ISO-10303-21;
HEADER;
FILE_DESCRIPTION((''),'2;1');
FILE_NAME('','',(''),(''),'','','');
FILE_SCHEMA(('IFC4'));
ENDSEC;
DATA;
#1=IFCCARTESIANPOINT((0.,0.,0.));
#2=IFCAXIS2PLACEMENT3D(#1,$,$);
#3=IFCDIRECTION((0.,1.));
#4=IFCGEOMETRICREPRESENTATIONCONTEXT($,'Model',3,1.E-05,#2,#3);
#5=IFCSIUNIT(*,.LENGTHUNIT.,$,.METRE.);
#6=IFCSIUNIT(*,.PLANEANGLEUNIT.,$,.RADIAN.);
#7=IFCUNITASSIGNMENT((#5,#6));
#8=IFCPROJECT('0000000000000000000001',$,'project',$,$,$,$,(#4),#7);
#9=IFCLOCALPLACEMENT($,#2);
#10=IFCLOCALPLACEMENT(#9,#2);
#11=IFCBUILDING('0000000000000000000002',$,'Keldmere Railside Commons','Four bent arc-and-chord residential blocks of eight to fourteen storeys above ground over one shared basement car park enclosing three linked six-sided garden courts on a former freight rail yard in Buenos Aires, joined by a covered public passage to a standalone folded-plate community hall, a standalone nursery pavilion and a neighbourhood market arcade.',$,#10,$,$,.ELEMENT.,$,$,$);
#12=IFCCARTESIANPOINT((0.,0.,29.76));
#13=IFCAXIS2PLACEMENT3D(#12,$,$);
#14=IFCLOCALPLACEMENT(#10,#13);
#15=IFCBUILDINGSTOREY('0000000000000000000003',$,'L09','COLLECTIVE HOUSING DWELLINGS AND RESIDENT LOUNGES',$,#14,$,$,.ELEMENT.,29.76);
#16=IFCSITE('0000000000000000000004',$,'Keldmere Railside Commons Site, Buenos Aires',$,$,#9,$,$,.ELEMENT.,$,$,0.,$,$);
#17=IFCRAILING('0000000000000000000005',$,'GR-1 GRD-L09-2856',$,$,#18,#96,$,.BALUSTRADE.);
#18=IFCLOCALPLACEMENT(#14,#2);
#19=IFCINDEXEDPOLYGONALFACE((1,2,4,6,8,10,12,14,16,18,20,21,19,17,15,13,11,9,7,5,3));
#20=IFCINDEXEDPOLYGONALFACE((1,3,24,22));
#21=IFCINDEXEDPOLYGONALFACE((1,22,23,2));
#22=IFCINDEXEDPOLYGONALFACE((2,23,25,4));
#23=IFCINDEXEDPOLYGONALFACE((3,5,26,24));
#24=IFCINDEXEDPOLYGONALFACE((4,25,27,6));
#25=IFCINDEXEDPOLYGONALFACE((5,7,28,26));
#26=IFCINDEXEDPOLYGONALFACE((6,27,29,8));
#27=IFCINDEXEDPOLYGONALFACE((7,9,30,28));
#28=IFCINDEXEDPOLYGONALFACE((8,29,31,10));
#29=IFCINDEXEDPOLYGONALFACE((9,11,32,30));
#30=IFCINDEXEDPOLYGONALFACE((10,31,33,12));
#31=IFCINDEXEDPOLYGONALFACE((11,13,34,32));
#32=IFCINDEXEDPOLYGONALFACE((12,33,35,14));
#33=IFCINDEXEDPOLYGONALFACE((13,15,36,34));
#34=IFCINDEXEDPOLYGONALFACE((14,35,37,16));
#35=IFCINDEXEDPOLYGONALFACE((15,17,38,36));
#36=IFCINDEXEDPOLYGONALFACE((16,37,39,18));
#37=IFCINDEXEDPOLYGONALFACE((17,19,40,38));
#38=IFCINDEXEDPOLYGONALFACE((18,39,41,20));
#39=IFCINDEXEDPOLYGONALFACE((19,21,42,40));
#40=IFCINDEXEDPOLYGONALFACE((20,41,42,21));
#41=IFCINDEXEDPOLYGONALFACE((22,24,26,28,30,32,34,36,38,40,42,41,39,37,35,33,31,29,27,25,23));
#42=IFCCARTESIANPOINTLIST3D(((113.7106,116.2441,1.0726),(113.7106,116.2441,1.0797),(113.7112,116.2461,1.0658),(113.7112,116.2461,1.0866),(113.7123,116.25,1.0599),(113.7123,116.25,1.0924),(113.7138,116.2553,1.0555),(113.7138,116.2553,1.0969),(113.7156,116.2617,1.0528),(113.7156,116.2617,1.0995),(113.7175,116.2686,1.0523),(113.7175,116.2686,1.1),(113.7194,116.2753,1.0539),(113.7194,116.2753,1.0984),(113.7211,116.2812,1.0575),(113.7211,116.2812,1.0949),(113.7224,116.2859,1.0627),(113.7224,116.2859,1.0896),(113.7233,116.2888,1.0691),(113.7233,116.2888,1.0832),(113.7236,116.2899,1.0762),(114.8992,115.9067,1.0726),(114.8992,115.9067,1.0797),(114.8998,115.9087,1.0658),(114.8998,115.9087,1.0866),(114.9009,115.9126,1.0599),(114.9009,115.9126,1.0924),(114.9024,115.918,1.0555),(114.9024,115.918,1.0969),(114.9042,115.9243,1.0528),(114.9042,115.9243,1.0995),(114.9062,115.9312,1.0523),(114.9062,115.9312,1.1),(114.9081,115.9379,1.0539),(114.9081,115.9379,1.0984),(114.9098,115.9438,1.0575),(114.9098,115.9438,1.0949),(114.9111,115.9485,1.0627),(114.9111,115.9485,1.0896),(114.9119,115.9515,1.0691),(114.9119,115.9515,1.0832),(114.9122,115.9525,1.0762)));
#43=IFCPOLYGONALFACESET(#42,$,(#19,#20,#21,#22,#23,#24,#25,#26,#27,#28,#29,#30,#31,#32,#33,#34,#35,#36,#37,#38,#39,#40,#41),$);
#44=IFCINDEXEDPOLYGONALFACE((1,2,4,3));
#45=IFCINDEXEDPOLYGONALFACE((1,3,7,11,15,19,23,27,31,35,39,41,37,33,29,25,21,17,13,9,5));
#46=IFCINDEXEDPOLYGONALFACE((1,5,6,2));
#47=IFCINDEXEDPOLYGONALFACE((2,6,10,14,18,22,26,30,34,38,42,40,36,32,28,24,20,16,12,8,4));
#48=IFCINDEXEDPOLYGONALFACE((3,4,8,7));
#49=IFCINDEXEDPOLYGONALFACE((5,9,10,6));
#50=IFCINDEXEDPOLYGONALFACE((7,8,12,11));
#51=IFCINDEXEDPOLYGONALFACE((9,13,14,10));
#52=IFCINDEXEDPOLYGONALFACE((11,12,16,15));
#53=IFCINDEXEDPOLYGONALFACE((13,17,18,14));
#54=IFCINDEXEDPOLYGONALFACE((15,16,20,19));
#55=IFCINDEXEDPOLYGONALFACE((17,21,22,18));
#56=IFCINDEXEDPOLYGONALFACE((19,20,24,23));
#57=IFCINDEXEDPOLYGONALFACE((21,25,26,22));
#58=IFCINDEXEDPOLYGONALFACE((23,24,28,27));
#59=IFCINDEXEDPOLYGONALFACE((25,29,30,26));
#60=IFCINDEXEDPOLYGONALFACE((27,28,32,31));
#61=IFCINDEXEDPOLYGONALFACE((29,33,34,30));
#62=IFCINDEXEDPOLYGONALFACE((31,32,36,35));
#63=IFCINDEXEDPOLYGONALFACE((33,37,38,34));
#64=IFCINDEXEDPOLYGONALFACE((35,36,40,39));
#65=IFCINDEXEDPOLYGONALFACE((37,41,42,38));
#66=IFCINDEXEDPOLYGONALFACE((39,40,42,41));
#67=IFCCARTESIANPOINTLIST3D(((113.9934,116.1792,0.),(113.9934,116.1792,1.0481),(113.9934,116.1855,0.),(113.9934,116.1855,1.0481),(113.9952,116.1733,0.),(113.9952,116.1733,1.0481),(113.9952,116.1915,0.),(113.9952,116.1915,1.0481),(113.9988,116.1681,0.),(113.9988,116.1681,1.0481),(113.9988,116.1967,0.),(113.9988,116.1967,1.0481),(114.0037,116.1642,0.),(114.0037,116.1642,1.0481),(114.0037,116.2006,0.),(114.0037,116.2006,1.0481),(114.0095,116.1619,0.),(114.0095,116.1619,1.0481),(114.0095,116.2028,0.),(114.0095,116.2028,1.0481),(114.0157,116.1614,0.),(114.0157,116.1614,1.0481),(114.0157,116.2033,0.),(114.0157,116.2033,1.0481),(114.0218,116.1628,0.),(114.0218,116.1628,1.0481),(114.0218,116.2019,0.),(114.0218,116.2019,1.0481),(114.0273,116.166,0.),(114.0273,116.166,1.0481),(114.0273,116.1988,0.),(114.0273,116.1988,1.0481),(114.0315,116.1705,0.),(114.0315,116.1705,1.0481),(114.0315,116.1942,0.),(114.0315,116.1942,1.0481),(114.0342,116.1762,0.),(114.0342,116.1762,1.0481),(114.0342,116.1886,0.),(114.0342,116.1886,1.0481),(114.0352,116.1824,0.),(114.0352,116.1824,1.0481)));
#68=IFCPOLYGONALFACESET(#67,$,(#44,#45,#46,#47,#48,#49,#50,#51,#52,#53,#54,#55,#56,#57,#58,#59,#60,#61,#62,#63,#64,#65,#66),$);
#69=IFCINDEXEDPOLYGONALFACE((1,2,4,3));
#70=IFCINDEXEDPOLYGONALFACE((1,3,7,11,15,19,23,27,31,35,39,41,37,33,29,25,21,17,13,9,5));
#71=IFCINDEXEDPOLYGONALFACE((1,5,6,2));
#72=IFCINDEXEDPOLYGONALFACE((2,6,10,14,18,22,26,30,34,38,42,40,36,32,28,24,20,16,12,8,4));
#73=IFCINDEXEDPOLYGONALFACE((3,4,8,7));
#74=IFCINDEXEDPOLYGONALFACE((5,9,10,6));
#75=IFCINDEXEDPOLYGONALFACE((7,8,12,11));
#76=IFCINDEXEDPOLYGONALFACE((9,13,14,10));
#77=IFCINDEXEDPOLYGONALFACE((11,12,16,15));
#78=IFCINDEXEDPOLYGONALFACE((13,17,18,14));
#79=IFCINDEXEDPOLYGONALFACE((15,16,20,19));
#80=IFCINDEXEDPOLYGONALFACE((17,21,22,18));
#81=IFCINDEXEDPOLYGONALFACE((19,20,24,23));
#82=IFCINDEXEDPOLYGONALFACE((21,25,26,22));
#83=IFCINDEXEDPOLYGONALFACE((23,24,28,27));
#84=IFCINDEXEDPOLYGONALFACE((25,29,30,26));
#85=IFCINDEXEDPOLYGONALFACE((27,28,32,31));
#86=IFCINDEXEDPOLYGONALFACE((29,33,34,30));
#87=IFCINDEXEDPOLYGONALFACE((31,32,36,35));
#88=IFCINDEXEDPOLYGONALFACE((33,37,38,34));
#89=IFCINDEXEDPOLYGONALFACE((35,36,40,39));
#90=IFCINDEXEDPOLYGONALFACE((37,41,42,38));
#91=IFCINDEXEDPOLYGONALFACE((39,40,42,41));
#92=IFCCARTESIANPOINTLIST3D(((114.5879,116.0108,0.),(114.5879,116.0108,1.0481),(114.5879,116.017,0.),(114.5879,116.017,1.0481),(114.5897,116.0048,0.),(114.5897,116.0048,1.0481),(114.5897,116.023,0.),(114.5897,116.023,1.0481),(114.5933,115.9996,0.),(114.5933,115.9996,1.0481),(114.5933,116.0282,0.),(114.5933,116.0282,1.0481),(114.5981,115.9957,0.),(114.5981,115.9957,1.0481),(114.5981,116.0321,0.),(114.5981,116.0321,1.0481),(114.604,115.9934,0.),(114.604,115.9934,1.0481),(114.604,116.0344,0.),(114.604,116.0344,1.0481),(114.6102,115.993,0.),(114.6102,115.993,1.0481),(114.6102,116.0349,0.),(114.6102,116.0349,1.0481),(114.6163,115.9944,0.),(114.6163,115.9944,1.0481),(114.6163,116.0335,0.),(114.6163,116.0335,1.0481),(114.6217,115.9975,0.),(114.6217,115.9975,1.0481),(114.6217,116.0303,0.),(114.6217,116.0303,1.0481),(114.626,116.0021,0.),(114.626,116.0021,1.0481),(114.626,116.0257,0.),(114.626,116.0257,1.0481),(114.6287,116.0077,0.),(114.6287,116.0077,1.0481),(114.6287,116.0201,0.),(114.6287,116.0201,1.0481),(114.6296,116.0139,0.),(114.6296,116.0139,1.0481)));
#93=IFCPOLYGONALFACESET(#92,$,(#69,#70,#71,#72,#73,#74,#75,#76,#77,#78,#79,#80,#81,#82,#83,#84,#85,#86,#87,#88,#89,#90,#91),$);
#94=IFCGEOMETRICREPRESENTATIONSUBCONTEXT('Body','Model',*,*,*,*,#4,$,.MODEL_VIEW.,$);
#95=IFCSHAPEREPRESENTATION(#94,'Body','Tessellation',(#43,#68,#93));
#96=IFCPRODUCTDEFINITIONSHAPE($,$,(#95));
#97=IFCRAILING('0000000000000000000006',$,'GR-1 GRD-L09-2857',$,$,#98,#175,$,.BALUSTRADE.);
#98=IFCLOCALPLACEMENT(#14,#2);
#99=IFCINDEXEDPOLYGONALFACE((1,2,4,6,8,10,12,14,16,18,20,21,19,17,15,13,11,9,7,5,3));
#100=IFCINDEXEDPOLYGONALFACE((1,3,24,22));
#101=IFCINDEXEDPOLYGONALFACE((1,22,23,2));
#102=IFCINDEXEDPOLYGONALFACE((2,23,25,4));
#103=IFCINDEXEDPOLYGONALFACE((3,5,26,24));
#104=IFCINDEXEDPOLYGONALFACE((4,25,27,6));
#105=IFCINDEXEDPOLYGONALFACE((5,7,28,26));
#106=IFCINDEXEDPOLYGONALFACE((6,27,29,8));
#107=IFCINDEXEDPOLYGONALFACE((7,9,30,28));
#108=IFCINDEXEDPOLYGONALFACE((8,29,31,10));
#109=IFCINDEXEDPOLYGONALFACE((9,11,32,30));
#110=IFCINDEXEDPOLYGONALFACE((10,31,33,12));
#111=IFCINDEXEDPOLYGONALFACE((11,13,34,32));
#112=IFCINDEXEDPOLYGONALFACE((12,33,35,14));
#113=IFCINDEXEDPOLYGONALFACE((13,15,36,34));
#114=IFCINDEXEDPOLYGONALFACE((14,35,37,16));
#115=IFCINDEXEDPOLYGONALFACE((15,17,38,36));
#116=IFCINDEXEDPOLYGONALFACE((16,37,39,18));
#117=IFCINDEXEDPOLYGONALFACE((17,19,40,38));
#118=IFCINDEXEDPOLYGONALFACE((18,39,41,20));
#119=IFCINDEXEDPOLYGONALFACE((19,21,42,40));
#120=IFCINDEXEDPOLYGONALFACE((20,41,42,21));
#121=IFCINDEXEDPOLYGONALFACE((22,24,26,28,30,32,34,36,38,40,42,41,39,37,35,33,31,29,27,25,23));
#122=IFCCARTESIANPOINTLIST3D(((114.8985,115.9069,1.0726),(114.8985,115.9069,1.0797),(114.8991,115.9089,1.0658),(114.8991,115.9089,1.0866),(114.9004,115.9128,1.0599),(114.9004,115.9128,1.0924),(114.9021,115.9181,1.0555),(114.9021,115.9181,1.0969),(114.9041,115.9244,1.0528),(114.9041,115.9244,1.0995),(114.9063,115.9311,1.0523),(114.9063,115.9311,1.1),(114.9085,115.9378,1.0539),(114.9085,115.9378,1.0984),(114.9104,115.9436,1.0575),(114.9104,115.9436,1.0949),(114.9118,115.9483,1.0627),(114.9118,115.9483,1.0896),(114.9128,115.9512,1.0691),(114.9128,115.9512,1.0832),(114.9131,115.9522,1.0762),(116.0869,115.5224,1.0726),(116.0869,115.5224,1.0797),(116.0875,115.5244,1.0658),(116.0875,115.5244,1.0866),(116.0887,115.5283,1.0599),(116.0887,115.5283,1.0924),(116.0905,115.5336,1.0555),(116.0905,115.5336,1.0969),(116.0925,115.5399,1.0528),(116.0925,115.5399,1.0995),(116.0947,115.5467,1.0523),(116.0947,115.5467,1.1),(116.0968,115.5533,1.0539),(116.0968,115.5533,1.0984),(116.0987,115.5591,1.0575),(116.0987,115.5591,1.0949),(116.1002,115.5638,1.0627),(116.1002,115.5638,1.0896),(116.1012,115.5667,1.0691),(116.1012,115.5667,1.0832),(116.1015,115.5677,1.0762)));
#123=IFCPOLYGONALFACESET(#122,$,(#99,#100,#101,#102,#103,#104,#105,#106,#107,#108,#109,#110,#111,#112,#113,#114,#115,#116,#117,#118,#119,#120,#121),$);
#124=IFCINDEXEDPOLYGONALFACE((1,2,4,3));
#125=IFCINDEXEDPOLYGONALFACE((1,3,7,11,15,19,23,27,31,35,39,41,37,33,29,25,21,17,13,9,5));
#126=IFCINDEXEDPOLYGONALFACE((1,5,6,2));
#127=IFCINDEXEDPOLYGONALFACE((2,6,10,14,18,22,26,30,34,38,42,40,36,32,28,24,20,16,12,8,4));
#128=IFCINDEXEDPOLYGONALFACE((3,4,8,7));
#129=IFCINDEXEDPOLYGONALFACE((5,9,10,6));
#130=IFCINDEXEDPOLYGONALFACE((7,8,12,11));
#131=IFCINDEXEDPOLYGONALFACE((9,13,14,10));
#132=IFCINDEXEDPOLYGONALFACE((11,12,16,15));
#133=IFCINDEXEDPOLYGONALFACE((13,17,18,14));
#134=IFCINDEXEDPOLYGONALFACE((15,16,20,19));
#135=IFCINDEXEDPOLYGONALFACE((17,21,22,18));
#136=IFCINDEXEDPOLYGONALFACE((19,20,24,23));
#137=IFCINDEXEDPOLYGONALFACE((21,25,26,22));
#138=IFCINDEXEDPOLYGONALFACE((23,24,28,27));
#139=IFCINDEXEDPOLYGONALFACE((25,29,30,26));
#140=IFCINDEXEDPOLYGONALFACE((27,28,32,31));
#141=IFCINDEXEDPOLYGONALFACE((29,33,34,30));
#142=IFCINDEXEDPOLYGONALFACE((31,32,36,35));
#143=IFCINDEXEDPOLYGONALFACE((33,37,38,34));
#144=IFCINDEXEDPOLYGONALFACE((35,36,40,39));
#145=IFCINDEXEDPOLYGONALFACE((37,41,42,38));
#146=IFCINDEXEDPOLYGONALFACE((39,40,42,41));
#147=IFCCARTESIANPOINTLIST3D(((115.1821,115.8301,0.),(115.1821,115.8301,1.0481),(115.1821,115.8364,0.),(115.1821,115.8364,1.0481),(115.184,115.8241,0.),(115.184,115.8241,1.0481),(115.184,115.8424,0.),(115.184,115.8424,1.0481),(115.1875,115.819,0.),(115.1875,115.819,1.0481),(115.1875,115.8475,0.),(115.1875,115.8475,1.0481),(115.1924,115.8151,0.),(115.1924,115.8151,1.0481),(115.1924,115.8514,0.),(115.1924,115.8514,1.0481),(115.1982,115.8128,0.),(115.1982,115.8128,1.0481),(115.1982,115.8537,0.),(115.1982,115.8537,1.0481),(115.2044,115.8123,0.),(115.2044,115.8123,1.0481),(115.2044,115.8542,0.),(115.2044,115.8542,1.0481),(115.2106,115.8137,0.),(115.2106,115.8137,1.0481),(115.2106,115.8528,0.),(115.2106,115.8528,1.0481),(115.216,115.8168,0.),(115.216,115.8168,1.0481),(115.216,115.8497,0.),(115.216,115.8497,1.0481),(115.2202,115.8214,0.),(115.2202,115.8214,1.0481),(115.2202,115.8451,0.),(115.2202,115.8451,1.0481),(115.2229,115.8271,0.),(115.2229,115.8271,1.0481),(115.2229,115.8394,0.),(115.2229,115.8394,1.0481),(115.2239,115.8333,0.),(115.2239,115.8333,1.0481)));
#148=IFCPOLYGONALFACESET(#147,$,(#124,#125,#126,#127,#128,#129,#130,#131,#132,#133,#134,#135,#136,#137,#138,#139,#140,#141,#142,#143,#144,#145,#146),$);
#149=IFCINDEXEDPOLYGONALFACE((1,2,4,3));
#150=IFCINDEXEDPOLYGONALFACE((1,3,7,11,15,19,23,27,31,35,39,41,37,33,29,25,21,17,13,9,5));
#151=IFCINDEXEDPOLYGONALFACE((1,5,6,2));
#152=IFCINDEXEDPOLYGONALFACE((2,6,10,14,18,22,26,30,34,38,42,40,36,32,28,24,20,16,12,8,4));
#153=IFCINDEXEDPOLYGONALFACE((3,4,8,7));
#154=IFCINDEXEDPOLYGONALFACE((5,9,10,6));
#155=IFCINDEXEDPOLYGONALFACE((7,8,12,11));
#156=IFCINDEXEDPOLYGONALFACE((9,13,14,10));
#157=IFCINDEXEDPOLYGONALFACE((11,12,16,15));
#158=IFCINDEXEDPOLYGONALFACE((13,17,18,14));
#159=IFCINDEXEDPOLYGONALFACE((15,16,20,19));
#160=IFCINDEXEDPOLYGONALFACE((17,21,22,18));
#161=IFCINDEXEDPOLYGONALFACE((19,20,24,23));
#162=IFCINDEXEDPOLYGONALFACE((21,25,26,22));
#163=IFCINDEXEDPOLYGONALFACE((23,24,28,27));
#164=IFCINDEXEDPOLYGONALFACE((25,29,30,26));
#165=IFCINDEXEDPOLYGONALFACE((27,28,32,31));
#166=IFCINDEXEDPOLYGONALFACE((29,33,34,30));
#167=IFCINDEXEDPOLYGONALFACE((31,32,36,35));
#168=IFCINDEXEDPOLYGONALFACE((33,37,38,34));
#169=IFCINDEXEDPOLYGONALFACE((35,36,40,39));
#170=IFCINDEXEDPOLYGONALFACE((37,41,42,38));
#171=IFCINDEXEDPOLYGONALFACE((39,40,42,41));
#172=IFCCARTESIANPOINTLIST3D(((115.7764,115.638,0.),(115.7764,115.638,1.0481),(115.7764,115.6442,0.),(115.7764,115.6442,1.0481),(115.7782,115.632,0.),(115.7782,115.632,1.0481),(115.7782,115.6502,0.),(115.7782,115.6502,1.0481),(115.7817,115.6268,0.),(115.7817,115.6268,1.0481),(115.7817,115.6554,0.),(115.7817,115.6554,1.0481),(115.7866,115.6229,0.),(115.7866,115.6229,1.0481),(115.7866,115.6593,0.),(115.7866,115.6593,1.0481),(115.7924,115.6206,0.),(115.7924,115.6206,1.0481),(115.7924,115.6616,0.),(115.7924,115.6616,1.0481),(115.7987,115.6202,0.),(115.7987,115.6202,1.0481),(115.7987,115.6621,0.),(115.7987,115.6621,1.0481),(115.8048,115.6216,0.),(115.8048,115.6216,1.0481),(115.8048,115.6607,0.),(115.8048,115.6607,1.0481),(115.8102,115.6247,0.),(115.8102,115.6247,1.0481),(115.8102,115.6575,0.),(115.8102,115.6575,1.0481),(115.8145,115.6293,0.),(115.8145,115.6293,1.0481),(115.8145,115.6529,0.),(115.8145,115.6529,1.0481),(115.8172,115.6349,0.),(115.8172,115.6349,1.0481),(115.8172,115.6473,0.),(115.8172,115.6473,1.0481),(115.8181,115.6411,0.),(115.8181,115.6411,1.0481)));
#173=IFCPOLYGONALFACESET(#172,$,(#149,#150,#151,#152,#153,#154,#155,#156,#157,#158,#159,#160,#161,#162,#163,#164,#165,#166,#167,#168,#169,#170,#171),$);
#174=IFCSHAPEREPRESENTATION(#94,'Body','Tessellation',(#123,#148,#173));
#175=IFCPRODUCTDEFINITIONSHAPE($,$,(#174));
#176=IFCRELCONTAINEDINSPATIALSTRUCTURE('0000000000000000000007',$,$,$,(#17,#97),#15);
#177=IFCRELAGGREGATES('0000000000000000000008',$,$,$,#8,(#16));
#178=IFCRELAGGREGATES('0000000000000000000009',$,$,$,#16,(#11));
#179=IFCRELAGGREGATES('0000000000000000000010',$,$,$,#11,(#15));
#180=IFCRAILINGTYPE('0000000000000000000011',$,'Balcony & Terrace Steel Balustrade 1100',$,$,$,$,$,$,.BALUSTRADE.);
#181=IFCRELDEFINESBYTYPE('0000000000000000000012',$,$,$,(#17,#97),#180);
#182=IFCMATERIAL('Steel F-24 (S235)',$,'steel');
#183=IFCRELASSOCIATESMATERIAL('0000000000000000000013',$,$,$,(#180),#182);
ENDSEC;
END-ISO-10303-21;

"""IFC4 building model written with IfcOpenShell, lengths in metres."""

from ifc_helpers import new_model, si_unit, direction, frame, origin, origin_2d, place, context, subcontext, project, spatial, circle, extrude, material, type_object, element, save


model = new_model("IFC4")

# Units and contexts
model_context = context("Model", 3, precision=1e-05, world=origin(), true_north=direction((0.0, 1.0)))
body_context = subcontext(model_context, "Body", "Model", "MODEL_VIEW")
ifc_project = project(units=[si_unit("LENGTHUNIT", "METRE"), si_unit("PLANEANGLEUNIT", "RADIAN")], contexts=[model_context])

# Site, building, storey
site_placement = place(None, origin())
site = spatial("IfcSite", under=ifc_project, at=site_placement, Name="Keldmere Railside Commons Site, Buenos Aires", CompositionType="ELEMENT", RefElevation=0.0)
building_placement = place(site_placement, origin())
building = spatial("IfcBuilding", under=site, at=building_placement, Name="Keldmere Railside Commons", Description="Four bent arc-and-chord residential blocks of eight to fourteen storeys above ground over one shared basement car park enclosing three linked six-sided garden courts on a former freight rail yard in Buenos Aires, joined by a covered public passage to a standalone folded-plate community hall, a standalone nursery pavilion and a neighbourhood market arcade.", CompositionType="ELEMENT")
storey_placement = place(building_placement, frame((0.0, 0.0, 29.76)))
storey = spatial("IfcBuildingStorey", under=building, at=storey_placement, Name="L09", Description="COLLECTIVE HOUSING DWELLINGS AND RESIDENT LOUNGES", CompositionType="ELEMENT", Elevation=29.76)

# Railings
ifc_material_1 = material(Name="Steel F-24 (S235)", Category="steel")
railing_type = type_object("IfcRailingType", Name="Balcony & Terrace Steel Balustrade 1100", PredefinedType="BALUSTRADE", material=ifc_material_1)
railing_1_placement = place(storey_placement, frame((113.717, 116.2668, 0.0)))
element("IfcRailing", 1, at=railing_1_placement, inside=storey, type_object=railing_type, Name="GR-1 GRD-L09-2856", PredefinedType="BALUSTRADE", context=body_context, shape_type="SweptSolid", body=[
    extrude(circle(Radius=0.0239, at=origin_2d()), frame((0.0, 0.0, 1.0762), z_axis=(0.962, -0.273051, 0.0), x_axis=(0.273051, 0.962, 0.0)), (0.0, 0.0, 1.0), 1.2356),
    extrude(circle(Radius=0.021, at=origin_2d()), frame((0.2971, -0.0845, 0.0)), (0.0, 0.0, 1.0), 1.0481),
    extrude(circle(Radius=0.021, at=origin_2d()), frame((0.8916, -0.2529, 0.0)), (0.0, 0.0, 1.0), 1.0481),
])
railing_2_placement = place(storey_placement, frame((114.9058, 115.9294, 0.0)))
element("IfcRailing", 2, at=railing_2_placement, inside=storey, type_object=railing_type, Name="GR-1 GRD-L09-2857", PredefinedType="BALUSTRADE", context=body_context, shape_type="SweptSolid", body=[
    extrude(circle(Radius=0.0239, at=origin_2d()), frame((0.0, 0.0, 1.0762), z_axis=(0.951441, -0.307831, 0.0), x_axis=(0.307831, 0.951441, 0.0)), (0.0, 0.0, 1.0), 1.249),
    extrude(circle(Radius=0.021, at=origin_2d()), frame((0.2971, -0.0962, 0.0)), (0.0, 0.0, 1.0), 1.0481),
    extrude(circle(Radius=0.021, at=origin_2d()), frame((0.8914, -0.2883, 0.0)), (0.0, 0.0, 1.0), 1.0481),
])

save(model, "model.ifc")
